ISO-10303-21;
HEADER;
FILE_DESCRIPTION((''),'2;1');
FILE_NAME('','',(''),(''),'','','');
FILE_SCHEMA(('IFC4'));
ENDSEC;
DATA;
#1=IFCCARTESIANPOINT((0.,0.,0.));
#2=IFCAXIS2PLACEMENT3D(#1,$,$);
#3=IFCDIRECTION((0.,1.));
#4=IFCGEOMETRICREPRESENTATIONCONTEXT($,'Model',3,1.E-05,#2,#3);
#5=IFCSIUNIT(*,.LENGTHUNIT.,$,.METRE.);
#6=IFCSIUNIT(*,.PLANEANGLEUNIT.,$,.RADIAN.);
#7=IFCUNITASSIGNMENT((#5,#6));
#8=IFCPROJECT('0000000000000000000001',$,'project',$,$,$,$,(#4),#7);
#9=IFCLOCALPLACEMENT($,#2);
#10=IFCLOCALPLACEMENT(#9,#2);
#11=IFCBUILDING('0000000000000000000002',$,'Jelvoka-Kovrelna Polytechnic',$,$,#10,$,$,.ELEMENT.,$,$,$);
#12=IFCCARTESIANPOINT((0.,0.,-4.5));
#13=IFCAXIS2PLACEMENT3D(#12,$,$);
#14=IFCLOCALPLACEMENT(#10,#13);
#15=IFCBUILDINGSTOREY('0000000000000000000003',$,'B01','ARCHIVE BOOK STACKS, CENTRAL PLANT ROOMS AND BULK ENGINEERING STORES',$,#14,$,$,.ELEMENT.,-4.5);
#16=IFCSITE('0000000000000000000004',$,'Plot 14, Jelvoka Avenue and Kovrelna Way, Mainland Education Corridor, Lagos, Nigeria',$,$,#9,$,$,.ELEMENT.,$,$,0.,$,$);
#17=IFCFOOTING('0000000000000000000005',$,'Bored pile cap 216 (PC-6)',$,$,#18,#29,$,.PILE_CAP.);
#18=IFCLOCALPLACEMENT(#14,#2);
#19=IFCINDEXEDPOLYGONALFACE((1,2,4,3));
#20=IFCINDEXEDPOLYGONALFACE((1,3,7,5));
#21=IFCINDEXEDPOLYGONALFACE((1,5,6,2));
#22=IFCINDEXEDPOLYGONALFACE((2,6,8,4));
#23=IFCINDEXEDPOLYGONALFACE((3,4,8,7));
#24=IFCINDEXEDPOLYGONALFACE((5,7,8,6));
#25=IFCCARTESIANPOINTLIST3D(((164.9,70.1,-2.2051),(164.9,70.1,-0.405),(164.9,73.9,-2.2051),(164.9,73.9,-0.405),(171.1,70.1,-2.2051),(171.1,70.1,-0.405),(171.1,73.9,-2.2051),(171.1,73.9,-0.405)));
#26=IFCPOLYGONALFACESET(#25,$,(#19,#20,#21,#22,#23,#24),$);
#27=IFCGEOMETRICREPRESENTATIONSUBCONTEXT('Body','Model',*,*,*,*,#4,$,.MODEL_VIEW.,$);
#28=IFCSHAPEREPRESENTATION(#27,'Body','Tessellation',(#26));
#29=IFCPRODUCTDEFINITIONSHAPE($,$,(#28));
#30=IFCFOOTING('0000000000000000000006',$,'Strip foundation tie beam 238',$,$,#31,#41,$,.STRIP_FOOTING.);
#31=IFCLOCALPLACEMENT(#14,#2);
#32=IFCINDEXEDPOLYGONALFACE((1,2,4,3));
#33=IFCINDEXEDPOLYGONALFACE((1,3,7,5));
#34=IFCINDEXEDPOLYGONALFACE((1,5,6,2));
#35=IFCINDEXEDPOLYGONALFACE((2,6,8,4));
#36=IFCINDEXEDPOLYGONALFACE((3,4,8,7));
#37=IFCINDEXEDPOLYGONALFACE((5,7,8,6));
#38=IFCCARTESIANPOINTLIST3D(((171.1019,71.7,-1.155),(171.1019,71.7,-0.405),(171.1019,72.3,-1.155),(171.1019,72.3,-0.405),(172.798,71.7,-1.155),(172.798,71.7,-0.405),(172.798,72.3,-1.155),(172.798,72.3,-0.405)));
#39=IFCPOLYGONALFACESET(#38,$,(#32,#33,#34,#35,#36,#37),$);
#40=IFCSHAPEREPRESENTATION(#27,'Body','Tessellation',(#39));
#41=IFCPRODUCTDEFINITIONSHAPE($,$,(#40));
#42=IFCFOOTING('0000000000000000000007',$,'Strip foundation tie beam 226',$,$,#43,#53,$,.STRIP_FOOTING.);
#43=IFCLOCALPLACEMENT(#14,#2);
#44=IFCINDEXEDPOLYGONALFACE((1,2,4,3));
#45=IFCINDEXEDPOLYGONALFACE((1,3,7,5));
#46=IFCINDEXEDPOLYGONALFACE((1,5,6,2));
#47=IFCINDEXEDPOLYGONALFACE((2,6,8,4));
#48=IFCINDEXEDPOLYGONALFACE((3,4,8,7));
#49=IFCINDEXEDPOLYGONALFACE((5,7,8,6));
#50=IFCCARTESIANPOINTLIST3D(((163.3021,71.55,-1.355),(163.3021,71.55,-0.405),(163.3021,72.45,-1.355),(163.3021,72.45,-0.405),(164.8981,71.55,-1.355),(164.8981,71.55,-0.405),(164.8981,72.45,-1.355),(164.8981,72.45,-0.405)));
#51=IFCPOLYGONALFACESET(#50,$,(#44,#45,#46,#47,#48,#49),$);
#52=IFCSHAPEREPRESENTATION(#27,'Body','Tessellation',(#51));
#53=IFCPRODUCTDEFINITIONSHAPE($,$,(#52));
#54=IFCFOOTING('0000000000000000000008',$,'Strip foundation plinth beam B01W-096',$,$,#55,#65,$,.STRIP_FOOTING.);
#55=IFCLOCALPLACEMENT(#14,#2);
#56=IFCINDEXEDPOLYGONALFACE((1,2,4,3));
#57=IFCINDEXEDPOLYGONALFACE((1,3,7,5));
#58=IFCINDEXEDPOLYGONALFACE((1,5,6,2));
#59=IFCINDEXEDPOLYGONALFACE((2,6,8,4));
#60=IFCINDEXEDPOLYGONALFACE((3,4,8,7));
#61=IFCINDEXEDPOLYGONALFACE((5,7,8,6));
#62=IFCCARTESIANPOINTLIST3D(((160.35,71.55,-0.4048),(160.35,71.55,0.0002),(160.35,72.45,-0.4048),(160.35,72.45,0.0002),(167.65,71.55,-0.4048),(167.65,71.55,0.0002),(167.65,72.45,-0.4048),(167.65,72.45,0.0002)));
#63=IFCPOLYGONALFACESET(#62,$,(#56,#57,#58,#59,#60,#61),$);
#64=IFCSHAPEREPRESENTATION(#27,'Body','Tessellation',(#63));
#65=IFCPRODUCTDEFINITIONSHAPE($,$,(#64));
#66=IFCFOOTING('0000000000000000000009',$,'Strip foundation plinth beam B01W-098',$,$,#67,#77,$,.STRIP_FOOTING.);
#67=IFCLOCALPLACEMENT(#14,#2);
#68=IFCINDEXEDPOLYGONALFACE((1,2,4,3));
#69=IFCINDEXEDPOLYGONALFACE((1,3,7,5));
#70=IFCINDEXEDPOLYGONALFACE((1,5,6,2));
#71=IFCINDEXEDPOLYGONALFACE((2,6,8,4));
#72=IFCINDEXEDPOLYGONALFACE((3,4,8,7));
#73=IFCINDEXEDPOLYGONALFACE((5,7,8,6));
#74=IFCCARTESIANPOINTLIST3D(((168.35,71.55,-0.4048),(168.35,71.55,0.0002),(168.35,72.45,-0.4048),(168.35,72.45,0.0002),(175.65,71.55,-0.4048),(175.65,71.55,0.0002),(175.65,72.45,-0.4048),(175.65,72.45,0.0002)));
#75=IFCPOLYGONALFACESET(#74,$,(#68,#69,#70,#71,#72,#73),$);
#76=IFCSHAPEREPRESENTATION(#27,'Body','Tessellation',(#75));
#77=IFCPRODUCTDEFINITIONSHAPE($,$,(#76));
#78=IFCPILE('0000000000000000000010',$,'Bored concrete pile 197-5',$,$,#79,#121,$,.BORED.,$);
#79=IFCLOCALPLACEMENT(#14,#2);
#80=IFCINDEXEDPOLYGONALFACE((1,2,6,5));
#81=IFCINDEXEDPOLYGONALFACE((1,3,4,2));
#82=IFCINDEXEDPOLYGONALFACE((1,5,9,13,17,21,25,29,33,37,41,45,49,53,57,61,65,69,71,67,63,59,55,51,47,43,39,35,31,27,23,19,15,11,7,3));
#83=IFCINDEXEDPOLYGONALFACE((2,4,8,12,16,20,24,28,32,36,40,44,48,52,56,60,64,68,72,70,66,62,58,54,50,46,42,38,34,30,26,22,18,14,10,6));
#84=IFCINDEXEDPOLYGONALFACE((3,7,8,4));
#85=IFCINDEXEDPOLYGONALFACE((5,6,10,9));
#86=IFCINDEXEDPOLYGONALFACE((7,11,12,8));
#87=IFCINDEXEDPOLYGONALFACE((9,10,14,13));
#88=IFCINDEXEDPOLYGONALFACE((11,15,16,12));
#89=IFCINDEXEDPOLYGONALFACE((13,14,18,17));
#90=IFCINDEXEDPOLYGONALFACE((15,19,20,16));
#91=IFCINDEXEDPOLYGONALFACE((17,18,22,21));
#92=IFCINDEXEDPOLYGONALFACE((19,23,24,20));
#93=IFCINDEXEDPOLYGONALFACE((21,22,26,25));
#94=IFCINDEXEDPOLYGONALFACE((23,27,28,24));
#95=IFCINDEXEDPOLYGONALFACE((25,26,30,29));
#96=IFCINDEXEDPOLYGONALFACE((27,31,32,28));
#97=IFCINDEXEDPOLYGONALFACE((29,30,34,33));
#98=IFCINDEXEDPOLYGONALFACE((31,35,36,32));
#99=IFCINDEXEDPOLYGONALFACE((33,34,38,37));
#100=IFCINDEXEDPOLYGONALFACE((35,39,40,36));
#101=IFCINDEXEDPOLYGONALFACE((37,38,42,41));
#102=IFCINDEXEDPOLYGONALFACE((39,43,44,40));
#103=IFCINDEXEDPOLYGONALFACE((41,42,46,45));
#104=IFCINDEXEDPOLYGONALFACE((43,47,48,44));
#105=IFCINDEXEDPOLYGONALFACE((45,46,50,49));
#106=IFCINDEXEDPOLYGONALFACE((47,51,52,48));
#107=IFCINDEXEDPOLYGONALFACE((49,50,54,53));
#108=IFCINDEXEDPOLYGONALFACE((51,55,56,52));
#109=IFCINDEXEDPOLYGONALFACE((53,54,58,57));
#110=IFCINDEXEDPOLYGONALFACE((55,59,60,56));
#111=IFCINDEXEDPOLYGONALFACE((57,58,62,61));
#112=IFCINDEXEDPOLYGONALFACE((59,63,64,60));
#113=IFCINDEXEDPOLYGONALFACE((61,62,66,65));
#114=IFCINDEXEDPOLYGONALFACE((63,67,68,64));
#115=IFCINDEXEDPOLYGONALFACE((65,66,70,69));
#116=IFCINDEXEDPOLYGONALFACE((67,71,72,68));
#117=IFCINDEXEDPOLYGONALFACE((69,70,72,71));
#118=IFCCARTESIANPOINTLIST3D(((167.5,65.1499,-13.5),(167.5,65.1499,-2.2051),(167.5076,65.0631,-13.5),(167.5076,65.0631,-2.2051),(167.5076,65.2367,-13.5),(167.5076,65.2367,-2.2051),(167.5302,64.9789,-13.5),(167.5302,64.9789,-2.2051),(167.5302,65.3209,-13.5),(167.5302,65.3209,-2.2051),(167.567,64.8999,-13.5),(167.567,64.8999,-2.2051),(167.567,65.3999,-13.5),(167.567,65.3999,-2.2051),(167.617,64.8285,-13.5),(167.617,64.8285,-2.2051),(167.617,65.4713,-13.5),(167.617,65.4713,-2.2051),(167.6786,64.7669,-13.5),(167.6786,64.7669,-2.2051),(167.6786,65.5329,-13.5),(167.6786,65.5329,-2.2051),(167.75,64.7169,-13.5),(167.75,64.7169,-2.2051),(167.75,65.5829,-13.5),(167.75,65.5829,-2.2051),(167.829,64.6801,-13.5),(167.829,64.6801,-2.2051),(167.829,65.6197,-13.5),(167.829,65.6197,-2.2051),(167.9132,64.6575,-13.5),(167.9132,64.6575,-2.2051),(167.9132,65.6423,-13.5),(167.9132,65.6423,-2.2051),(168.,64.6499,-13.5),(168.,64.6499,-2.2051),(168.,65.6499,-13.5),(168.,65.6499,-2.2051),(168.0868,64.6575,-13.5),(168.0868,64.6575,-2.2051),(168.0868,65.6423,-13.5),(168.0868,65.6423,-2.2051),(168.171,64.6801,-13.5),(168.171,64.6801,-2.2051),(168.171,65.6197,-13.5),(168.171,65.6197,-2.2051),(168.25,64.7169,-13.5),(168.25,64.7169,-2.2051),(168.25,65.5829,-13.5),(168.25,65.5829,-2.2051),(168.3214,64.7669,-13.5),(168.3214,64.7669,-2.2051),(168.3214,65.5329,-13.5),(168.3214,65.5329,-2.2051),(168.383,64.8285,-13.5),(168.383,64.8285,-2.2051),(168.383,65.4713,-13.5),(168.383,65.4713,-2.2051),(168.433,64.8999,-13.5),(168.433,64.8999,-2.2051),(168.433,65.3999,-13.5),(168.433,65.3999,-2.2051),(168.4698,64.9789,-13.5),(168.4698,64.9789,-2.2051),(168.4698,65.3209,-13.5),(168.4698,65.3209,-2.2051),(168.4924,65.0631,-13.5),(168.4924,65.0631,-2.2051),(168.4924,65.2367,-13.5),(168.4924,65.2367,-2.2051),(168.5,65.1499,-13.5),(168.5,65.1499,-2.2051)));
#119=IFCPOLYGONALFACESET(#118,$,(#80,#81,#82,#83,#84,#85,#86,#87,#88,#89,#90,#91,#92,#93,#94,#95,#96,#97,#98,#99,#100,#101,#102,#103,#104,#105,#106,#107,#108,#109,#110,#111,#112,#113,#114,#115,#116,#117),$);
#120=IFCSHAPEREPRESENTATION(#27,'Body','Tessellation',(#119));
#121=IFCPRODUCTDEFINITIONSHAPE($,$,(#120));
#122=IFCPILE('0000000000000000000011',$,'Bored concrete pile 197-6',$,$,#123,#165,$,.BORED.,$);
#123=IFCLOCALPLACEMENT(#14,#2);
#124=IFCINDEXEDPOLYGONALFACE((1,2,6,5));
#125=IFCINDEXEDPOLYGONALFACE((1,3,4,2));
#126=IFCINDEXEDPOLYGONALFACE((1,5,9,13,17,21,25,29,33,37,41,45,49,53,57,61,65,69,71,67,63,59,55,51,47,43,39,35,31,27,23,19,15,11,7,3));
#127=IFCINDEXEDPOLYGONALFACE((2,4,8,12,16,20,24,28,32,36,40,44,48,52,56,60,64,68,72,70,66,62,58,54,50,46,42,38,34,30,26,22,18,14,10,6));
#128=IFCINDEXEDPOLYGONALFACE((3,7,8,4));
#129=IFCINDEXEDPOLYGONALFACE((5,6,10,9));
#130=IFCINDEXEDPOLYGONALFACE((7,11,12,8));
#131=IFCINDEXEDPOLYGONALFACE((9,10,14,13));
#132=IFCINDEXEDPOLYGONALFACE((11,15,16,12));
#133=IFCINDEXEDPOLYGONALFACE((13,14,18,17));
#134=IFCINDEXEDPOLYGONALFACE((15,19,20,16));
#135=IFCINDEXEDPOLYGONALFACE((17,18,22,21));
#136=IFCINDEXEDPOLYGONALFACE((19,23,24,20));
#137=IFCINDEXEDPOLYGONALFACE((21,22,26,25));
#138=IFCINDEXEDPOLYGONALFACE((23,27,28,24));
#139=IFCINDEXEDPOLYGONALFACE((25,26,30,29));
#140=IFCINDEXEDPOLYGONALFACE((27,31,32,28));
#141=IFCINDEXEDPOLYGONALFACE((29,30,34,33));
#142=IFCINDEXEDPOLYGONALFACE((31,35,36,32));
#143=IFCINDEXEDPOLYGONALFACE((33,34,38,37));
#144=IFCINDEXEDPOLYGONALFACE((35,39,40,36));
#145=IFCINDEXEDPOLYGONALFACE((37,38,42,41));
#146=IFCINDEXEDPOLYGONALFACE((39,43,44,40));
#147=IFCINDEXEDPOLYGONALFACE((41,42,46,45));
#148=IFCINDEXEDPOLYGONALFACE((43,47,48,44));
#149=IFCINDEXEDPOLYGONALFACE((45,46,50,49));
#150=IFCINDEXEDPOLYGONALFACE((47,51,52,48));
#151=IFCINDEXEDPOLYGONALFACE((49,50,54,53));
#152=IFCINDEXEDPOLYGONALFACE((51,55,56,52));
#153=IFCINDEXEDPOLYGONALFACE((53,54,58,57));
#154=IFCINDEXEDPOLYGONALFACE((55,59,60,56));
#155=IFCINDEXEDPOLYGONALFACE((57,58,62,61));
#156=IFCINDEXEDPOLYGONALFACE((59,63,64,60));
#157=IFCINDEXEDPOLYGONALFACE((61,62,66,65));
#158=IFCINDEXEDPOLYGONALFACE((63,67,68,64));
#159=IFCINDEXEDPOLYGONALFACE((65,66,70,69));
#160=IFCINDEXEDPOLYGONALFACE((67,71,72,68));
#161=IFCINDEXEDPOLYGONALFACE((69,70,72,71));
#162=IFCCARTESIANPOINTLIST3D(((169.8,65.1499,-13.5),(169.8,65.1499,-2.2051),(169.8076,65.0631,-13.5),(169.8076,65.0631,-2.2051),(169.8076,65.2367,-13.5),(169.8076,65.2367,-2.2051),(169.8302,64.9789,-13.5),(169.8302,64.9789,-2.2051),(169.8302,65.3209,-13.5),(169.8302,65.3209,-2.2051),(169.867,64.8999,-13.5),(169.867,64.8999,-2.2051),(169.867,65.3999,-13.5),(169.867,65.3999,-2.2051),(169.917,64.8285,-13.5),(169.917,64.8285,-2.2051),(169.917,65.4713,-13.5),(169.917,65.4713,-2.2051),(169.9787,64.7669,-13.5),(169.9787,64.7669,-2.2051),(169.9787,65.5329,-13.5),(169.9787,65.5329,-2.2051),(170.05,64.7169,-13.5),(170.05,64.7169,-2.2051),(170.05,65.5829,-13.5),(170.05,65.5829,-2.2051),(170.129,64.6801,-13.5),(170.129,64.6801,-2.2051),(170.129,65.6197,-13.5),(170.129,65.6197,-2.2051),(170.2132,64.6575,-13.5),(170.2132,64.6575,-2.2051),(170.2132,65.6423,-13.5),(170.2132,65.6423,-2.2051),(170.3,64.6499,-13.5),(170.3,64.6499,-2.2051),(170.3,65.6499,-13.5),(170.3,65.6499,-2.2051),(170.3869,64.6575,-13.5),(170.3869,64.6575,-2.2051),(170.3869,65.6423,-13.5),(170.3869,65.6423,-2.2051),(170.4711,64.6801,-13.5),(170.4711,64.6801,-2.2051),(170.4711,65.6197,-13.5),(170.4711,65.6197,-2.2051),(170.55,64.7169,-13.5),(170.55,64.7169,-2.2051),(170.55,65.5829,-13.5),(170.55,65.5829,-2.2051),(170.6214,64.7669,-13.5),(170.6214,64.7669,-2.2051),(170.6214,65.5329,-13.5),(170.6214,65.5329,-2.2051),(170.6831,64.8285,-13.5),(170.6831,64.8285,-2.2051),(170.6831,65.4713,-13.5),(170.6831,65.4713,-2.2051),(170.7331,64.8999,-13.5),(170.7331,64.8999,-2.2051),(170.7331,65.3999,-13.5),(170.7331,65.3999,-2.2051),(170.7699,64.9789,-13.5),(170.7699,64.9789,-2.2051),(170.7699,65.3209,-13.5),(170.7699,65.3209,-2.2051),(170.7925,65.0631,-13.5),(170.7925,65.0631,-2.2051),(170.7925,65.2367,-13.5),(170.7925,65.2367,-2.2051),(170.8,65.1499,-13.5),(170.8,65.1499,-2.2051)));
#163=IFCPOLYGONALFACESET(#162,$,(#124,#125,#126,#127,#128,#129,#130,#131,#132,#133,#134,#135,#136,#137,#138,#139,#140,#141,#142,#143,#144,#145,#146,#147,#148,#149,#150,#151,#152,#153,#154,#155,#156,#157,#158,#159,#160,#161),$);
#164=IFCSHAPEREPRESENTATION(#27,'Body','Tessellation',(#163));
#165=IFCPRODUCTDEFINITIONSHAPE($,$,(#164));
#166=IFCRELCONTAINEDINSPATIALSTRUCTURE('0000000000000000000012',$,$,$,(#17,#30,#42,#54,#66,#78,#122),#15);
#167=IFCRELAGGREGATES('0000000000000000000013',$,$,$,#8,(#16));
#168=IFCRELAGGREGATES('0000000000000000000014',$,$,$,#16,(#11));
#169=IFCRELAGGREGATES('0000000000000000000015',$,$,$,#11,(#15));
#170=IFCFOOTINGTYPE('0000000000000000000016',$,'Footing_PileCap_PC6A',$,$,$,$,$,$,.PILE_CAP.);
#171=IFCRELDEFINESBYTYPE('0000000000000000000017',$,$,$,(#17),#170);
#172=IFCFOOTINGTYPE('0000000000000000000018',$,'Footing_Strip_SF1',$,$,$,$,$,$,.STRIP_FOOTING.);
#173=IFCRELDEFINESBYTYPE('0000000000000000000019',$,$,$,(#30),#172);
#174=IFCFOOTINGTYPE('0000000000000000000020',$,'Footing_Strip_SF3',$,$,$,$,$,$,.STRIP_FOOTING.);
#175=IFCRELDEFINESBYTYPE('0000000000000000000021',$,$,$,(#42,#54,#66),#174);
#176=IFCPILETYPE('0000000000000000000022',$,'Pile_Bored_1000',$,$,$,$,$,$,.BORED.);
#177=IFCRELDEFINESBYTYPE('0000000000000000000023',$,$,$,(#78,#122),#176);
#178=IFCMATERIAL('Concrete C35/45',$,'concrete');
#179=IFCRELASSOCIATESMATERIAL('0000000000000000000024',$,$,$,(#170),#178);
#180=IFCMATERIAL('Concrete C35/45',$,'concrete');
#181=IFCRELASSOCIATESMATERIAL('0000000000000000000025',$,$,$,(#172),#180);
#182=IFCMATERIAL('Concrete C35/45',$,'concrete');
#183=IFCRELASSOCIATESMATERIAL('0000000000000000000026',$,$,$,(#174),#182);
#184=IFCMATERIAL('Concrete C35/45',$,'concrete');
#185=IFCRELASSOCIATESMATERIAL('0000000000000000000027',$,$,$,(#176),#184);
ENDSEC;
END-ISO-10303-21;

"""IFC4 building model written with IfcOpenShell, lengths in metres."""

from ifc_helpers import new_model, si_unit, direction, frame, origin, origin_2d, place, context, subcontext, project, spatial, rectangle, circle, extrude, material, material_profile, profile_set, type_object, element, save


model = new_model("IFC4")

# Units and contexts
model_context = context("Model", 3, precision=1e-05, world=origin(), true_north=direction((0.0, 1.0)))
body_context = subcontext(model_context, "Body", "Model", "MODEL_VIEW")
ifc_project = project(units=[si_unit("LENGTHUNIT", "METRE"), si_unit("PLANEANGLEUNIT", "RADIAN")], contexts=[model_context])

# Site, building, storey
site_placement = place(None, origin())
site = spatial("IfcSite", under=ifc_project, at=site_placement, Name="Plot 14, Jelvoka Avenue and Kovrelna Way, Mainland Education Corridor, Lagos, Nigeria", CompositionType="ELEMENT", RefElevation=0.0)
building_placement = place(site_placement, origin())
building = spatial("IfcBuilding", under=site, at=building_placement, Name="Jelvoka-Kovrelna Polytechnic", CompositionType="ELEMENT")
storey_placement = place(building_placement, frame((0.0, 0.0, -4.5)))
storey = spatial("IfcBuildingStorey", under=building, at=storey_placement, Name="B01", Description="ARCHIVE BOOK STACKS, CENTRAL PLANT ROOMS AND BULK ENGINEERING STORES", CompositionType="ELEMENT", Elevation=-4.5)

# Footings
ifc_material_1 = material(Name="Concrete C35/45", Category="concrete")
footing_type_1 = type_object("IfcFootingType", Name="Footing_PileCap_PC6A", PredefinedType="PILE_CAP", material=ifc_material_1)
footing_1_placement = place(storey_placement, frame((168.0, 72.0, -2.2051), z_axis=(0.0, 0.0, 1.0), x_axis=(1.0, 0.0, 0.0)))
element("IfcFooting", 1, at=footing_1_placement, inside=storey, type_object=footing_type_1, Name="Bored pile cap 216 (PC-6)", PredefinedType="PILE_CAP", context=body_context, shape_type="SweptSolid", body=[
    extrude(rectangle(XDim=6.2, YDim=3.8, at=origin_2d()), origin(), (0.0, 0.0, 1.0), 1.8),
])
ifc_material_2 = material(Name="Concrete C35/45", Category="concrete")
footing_type_2 = type_object("IfcFootingType", Name="Footing_Strip_SF1", PredefinedType="STRIP_FOOTING", material=ifc_material_2)
footing_2_placement = place(storey_placement, frame((171.95, 72.0, -1.155), z_axis=(0.0, 0.0, 1.0), x_axis=(1.0, 0.0, 0.0)))
element("IfcFooting", 2, at=footing_2_placement, inside=storey, type_object=footing_type_2, Name="Strip foundation tie beam 238", PredefinedType="STRIP_FOOTING", context=body_context, shape_type="SweptSolid", body=[
    extrude(rectangle(XDim=1.696, YDim=0.6001, at=origin_2d()), origin(), (0.0, 0.0, 1.0), 0.75),
])
ifc_material_3 = material(Name="Concrete C35/45", Category="concrete")
footing_type_3 = type_object("IfcFootingType", Name="Footing_Strip_SF3", PredefinedType="STRIP_FOOTING", material=ifc_material_3)
footing_3_placement = place(storey_placement, frame((164.1001, 72.0, -1.355), z_axis=(0.0, 0.0, 1.0), x_axis=(1.0, 0.0, 0.0)))
element("IfcFooting", 3, at=footing_3_placement, inside=storey, type_object=footing_type_3, Name="Strip foundation tie beam 226", PredefinedType="STRIP_FOOTING", context=body_context, shape_type="SweptSolid", body=[
    extrude(rectangle(XDim=1.5959, YDim=0.8999, at=origin_2d()), origin(), (0.0, 0.0, 1.0), 0.95),
])
for number, where, z_axis, x_axis, name in (
    (4, (164.0, 72.0, -0.4048), (0.0, 0.0, 1.0), (1.0, 0.0, 0.0), "Strip foundation plinth beam B01W-096"),
    (5, (172.0, 72.0, -0.4048), (0.0, 0.0, 1.0), (1.0, 0.0, 0.0), "Strip foundation plinth beam B01W-098"),
):
    element("IfcFooting", number, at=place(storey_placement, frame(where, z_axis=z_axis, x_axis=x_axis)), inside=storey, type_object=footing_type_3, Name=name, PredefinedType="STRIP_FOOTING", context=body_context, shape_type="SweptSolid", body=[
        extrude(rectangle(XDim=7.3, YDim=0.8999, at=origin_2d()), origin(), (0.0, 0.0, 1.0), 0.405),
    ])

# Piles
ifc_material_4 = material(Name="Concrete C35/45", Category="concrete")
ifc_material_profile_1 = material_profile(ifc_material_4, circle(Radius=0.5, at=origin_2d()), Name="PILE D1000")
ifc_profile_set_1 = profile_set([ifc_material_profile_1], Name="Concrete C35/45")
pile_type_1 = type_object("IfcPileType", Name="Pile_Bored_1000", PredefinedType="BORED", material=ifc_profile_set_1)
for number, where, z_axis, x_axis, name in (
    (6, (168.0, 65.1499, -2.2051), (0.0, 0.0, -1.0), (1.0, 0.0, 0.0), "Bored concrete pile 197-5"),
    (7, (170.3, 65.1499, -2.2051), (0.0, 0.0, -1.0), (1.0, 0.0, 0.0), "Bored concrete pile 197-6"),
):
    element("IfcPile", number, at=place(storey_placement, frame(where, z_axis=z_axis, x_axis=x_axis)), inside=storey, type_object=pile_type_1, Name=name, PredefinedType="BORED", context=body_context, shape_type="SweptSolid", body=[
        extrude(circle(Radius=0.5, at=origin_2d()), origin(), (0.0, 0.0, 1.0), 11.2949),
    ])

save(model, "model.ifc")
